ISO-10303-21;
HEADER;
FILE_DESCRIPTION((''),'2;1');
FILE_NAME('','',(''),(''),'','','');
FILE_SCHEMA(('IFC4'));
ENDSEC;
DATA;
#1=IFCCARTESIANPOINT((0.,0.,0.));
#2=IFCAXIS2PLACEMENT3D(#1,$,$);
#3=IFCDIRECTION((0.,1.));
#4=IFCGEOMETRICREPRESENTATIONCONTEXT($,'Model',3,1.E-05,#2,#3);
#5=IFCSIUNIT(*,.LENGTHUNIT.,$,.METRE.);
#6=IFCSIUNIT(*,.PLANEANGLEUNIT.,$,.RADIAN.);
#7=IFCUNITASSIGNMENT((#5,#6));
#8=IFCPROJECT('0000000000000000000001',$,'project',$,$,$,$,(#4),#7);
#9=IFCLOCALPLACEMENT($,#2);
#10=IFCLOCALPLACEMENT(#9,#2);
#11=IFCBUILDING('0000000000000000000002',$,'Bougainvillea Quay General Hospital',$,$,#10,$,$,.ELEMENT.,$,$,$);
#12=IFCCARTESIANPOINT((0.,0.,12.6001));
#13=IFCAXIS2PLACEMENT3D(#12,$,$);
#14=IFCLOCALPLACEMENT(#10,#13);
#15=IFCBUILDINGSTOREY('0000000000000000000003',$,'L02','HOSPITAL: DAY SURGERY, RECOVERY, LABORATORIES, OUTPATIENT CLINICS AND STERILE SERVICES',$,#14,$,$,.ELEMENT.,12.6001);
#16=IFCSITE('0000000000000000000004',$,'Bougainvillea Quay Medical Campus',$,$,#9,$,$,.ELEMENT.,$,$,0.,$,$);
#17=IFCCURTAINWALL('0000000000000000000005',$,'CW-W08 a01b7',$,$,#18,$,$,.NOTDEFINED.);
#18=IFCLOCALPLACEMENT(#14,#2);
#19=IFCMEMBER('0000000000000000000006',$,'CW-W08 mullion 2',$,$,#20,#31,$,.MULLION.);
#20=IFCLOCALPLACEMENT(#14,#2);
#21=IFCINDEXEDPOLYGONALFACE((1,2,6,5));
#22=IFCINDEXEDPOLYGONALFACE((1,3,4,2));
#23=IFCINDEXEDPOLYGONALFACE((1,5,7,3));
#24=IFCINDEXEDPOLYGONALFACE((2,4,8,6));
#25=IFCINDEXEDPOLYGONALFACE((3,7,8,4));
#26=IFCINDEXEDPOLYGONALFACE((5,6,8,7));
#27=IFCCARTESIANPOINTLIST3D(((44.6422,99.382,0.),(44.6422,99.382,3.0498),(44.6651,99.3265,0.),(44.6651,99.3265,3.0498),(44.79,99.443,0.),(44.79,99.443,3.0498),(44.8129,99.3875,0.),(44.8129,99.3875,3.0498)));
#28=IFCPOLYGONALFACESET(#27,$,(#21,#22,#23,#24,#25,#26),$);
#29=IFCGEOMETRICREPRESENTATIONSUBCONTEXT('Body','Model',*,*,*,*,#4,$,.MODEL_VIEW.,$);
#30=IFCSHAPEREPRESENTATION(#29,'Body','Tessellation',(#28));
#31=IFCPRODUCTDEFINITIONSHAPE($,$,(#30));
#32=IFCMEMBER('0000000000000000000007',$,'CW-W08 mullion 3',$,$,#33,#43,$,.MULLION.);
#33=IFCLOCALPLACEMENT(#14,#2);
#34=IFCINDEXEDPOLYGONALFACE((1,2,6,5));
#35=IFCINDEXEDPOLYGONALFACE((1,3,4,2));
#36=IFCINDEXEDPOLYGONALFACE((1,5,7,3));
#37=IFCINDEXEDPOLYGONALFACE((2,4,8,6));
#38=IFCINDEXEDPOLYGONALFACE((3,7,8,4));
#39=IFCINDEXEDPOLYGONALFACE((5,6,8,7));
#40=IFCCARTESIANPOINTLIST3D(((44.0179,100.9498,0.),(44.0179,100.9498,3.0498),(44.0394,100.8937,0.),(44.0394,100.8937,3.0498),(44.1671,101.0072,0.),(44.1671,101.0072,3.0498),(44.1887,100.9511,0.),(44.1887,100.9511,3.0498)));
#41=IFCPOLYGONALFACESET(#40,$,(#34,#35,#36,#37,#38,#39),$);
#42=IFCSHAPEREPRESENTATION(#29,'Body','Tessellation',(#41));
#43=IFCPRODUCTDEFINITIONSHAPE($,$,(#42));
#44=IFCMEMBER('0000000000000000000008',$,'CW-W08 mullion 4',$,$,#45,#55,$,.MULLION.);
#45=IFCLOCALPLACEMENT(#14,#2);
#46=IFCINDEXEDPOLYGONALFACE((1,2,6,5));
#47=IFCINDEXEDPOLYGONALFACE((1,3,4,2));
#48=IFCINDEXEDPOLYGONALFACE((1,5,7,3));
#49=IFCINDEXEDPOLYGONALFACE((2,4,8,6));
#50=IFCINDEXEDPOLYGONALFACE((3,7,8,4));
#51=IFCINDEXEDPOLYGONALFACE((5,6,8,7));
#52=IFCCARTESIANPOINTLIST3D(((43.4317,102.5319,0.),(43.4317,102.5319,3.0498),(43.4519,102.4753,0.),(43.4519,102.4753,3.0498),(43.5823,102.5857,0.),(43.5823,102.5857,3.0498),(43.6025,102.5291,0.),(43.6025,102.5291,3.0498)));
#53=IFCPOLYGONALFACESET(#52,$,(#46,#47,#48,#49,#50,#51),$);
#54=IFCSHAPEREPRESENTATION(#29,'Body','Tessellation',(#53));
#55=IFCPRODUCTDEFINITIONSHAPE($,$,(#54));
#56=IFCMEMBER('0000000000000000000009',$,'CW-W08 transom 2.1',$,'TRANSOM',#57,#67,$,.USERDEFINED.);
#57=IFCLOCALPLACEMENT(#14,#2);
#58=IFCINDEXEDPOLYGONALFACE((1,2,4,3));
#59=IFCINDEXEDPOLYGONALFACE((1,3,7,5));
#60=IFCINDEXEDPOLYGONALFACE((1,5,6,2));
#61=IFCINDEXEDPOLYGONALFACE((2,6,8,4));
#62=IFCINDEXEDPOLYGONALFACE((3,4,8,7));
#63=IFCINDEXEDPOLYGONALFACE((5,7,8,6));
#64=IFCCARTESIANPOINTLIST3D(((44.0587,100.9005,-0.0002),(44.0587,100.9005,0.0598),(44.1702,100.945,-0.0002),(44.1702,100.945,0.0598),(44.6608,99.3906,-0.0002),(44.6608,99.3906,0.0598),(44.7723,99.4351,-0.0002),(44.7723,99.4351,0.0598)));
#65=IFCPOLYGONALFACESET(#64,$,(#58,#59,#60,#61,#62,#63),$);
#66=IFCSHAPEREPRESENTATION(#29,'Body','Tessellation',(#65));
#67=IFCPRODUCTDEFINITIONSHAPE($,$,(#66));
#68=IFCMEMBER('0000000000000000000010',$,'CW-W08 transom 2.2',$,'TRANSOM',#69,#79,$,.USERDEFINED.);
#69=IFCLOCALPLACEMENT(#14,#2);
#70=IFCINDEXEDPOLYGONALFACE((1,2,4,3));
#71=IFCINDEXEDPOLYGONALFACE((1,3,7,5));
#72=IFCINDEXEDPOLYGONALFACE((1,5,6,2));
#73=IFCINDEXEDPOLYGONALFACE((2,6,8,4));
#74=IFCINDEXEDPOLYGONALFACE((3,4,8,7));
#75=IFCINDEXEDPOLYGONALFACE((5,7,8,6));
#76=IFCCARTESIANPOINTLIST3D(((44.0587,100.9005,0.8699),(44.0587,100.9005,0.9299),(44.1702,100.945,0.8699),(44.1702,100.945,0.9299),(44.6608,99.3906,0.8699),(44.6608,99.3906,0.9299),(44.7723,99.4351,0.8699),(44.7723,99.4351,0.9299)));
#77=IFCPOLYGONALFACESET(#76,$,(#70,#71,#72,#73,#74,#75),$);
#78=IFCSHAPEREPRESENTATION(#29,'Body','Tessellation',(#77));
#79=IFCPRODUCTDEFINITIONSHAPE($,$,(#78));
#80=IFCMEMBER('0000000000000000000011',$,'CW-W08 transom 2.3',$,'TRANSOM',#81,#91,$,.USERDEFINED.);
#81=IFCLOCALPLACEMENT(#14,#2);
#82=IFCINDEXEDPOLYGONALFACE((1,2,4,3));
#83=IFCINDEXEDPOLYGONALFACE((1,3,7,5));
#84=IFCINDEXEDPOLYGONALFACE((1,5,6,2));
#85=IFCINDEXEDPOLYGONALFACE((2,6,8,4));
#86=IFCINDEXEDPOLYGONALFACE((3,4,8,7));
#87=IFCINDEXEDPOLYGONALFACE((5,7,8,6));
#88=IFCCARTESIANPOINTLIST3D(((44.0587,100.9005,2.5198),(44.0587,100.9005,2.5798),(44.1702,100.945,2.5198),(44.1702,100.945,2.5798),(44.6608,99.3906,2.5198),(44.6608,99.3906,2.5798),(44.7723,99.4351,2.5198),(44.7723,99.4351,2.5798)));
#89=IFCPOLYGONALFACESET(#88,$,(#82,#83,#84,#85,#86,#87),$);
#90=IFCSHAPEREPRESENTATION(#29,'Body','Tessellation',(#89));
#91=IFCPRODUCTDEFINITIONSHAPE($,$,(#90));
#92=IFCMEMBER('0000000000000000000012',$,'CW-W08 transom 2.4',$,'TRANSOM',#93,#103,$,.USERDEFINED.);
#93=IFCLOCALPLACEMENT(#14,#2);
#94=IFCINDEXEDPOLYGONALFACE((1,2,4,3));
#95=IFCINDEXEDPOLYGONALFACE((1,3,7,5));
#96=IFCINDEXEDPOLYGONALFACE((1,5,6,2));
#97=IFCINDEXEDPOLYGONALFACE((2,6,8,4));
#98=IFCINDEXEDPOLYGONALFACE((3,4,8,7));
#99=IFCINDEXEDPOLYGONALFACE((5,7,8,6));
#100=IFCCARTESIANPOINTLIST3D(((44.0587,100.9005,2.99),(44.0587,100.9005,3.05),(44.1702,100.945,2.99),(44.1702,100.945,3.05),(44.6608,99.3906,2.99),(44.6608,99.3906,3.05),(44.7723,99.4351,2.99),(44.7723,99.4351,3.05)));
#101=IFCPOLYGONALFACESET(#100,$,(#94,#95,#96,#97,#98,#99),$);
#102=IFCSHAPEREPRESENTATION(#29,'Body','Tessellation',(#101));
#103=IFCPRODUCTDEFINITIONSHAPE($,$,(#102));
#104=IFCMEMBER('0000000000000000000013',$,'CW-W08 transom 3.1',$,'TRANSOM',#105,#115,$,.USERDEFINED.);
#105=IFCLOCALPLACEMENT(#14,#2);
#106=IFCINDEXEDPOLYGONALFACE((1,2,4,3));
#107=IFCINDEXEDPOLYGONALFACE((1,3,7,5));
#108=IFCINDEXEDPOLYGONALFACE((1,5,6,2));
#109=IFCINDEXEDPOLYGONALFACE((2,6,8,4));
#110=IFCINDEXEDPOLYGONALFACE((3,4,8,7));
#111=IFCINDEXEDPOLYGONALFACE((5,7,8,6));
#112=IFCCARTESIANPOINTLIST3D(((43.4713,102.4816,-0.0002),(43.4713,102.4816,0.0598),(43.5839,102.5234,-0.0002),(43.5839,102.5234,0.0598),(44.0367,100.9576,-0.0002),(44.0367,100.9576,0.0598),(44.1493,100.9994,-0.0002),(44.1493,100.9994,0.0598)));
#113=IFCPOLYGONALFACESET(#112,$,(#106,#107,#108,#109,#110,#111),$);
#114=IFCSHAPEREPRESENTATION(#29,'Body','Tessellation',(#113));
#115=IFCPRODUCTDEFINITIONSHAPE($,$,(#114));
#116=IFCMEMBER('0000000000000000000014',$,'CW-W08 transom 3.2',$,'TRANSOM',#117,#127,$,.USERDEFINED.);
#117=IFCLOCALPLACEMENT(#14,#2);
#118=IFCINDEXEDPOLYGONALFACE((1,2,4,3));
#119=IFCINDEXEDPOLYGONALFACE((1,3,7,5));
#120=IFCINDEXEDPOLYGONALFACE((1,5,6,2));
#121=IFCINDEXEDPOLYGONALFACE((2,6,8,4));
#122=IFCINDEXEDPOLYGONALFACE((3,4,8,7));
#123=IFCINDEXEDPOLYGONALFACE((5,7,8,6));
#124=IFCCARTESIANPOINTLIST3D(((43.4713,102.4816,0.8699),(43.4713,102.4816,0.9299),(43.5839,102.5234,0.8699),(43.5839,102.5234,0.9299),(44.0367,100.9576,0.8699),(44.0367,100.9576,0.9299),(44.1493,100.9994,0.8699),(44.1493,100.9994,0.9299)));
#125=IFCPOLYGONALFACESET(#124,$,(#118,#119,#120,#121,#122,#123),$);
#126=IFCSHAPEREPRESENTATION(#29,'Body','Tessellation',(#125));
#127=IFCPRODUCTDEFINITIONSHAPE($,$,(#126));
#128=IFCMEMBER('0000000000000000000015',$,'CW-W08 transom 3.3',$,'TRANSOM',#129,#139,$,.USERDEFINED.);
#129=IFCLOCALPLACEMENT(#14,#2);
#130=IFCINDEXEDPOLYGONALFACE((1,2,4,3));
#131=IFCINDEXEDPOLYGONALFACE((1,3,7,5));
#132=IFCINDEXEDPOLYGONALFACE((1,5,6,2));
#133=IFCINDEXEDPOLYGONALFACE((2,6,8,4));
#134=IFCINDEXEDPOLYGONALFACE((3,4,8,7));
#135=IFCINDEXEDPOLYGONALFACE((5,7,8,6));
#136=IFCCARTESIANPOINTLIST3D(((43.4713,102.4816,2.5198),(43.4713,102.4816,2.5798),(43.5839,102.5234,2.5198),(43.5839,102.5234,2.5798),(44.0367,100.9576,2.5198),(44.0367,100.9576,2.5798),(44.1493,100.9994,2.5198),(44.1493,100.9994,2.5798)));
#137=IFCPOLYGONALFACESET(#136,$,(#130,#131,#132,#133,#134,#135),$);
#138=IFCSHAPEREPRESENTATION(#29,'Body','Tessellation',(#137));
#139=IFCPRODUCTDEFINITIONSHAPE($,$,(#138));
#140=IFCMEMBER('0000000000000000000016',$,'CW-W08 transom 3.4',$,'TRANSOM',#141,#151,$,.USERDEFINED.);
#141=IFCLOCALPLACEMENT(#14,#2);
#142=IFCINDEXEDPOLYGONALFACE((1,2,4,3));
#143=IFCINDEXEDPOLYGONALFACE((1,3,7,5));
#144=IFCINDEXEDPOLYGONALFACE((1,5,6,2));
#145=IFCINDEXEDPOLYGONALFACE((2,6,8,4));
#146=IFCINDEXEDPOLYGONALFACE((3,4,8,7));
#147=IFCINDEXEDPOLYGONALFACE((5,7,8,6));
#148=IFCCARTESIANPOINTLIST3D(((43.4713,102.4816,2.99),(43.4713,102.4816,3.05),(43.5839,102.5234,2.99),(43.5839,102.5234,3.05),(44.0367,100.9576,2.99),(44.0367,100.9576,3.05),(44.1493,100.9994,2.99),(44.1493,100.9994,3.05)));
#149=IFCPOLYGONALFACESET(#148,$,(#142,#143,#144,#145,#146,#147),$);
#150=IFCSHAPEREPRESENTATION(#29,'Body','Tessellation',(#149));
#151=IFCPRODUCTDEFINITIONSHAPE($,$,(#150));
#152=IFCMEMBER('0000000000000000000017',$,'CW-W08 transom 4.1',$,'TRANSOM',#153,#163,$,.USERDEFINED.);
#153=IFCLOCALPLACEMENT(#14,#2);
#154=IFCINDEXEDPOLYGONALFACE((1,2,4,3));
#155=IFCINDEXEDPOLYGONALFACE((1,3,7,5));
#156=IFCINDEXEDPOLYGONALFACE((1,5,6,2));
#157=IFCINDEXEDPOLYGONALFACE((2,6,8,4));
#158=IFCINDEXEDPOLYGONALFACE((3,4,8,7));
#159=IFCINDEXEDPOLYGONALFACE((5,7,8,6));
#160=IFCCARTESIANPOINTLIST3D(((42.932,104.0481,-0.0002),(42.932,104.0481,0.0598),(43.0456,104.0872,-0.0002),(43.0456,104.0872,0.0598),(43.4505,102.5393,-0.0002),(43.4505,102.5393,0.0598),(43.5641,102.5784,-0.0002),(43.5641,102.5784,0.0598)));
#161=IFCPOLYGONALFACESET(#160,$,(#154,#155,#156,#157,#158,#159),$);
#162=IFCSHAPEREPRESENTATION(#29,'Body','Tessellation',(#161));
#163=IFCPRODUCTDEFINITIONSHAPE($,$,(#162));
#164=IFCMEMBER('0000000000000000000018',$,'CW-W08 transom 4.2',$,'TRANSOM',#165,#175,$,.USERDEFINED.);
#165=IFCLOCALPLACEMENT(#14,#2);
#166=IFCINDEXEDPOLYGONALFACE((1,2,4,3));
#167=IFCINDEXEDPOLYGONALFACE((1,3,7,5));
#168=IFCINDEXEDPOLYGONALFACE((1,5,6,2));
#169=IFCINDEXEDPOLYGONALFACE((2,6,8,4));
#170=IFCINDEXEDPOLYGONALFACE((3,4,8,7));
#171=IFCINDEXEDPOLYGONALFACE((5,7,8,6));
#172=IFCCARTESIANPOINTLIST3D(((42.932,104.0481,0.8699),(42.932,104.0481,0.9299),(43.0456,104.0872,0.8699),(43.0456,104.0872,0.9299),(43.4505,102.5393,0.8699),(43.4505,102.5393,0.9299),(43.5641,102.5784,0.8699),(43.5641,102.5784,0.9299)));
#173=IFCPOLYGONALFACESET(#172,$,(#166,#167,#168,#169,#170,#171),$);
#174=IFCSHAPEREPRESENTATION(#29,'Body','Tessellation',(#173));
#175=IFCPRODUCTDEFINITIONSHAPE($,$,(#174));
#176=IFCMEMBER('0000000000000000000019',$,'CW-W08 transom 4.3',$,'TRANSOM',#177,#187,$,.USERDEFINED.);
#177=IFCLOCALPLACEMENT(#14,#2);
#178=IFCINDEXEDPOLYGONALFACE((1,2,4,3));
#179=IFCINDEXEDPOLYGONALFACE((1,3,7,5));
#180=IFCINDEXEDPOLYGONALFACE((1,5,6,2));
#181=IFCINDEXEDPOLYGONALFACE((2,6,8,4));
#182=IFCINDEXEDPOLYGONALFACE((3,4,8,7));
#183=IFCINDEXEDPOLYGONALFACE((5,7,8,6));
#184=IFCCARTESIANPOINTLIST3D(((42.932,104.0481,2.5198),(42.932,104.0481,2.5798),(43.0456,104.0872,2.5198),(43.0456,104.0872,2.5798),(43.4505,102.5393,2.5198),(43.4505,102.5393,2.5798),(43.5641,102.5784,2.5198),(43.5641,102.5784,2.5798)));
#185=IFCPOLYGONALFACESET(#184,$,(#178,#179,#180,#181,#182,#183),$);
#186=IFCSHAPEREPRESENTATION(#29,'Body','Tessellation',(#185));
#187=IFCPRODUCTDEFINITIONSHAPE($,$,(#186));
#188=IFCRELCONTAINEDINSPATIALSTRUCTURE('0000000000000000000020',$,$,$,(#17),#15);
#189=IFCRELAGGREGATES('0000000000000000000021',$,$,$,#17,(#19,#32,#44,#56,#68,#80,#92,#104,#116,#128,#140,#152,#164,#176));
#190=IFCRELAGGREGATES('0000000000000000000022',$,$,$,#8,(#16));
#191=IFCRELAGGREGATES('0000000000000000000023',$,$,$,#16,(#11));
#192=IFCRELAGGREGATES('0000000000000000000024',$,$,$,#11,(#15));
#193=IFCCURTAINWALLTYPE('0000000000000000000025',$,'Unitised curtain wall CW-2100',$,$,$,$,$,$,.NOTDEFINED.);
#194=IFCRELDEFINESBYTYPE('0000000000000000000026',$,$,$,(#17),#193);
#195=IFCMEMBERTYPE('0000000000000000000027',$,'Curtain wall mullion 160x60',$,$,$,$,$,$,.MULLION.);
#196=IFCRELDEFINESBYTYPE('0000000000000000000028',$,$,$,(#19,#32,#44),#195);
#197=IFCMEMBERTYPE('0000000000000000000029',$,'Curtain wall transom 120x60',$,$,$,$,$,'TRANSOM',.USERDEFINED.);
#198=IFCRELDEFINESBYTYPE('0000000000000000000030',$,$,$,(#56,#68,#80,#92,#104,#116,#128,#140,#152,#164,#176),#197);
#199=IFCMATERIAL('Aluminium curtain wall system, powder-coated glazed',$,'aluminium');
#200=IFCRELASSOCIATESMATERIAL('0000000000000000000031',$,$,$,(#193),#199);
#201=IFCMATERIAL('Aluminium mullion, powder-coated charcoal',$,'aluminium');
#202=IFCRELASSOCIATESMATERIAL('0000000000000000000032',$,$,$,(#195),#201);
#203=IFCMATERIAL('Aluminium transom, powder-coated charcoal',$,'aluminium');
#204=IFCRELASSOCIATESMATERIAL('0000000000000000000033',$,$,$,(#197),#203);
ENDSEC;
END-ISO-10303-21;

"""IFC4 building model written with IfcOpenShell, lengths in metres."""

from ifc_helpers import new_model, si_unit, direction, frame, origin, origin_2d, place, context, subcontext, project, spatial, rectangle, extrude, material, material_profile, profile_set, type_object, element, aggregate, save


model = new_model("IFC4")

# Units and contexts
model_context = context("Model", 3, precision=1e-05, world=origin(), true_north=direction((0.0, 1.0)))
body_context = subcontext(model_context, "Body", "Model", "MODEL_VIEW")
ifc_project = project(units=[si_unit("LENGTHUNIT", "METRE"), si_unit("PLANEANGLEUNIT", "RADIAN")], contexts=[model_context])

# Site, building, storey
site_placement = place(None, origin())
site = spatial("IfcSite", under=ifc_project, at=site_placement, Name="Bougainvillea Quay Medical Campus", CompositionType="ELEMENT", RefElevation=0.0)
building_placement = place(site_placement, origin())
building = spatial("IfcBuilding", under=site, at=building_placement, Name="Bougainvillea Quay General Hospital", CompositionType="ELEMENT")
storey_placement = place(building_placement, frame((0.0, 0.0, 12.6001)))
storey = spatial("IfcBuildingStorey", under=building, at=storey_placement, Name="L02", Description="HOSPITAL: DAY SURGERY, RECOVERY, LABORATORIES, OUTPATIENT CLINICS AND STERILE SERVICES", CompositionType="ELEMENT", Elevation=12.6001)

# Curtain wall, members
ifc_material_1 = material(Name="Aluminium curtain wall system, powder-coated glazed", Category="aluminium")
curtain_wall_type = type_object("IfcCurtainWallType", Name="Unitised curtain wall CW-2100", PredefinedType="NOTDEFINED", material=ifc_material_1)
curtain_wall_placement = place(storey_placement, origin())
curtain_wall = element("IfcCurtainWall", 1, at=curtain_wall_placement, inside=storey, type_object=curtain_wall_type, Name="CW-W08 a01b7", PredefinedType="NOTDEFINED")
ifc_material_2 = material(Name="Aluminium mullion, powder-coated charcoal", Category="aluminium")
ifc_material_profile_1 = material_profile(ifc_material_2, rectangle(XDim=0.1599, YDim=0.0601, at=origin_2d()))
ifc_profile_set_1 = profile_set([ifc_material_profile_1], Name="Aluminium mullion, powder-coated charcoal")
member_type_1 = type_object("IfcMemberType", Name="Curtain wall mullion 160x60", PredefinedType="MULLION", material=ifc_profile_set_1)
member_1_placement = place(storey_placement, frame((44.7275, 99.3848, 0.0), z_axis=(0.0, 0.0, 1.0), x_axis=(-0.924336, -0.381579, 0.0)))
member_1 = element("IfcMember", 2, at=member_1_placement, type_object=member_type_1, Name="CW-W08 mullion 2", PredefinedType="MULLION", context=body_context, shape_type="SweptSolid", body=[
    extrude(rectangle(XDim=0.1599, YDim=0.0601, at=origin_2d()), origin(), (0.0, 0.0, 1.0), 3.0498),
])
member_2_placement = place(storey_placement, frame((44.1033, 100.9504, 0.0), z_axis=(0.0, 0.0, 1.0), x_axis=(-0.933286, -0.359135, 0.0)))
member_2 = element("IfcMember", 3, at=member_2_placement, type_object=member_type_1, Name="CW-W08 mullion 3", PredefinedType="MULLION", context=body_context, shape_type="SweptSolid", body=[
    extrude(rectangle(XDim=0.1599, YDim=0.0601, at=origin_2d()), origin(), (0.0, 0.0, 1.0), 3.0498),
])
member_3_placement = place(storey_placement, frame((43.5171, 102.5305, 0.0), z_axis=(0.0, 0.0, 1.0), x_axis=(-0.94169, -0.336481, 0.0)))
member_3 = element("IfcMember", 4, at=member_3_placement, type_object=member_type_1, Name="CW-W08 mullion 4", PredefinedType="MULLION", context=body_context, shape_type="SweptSolid", body=[
    extrude(rectangle(XDim=0.1599, YDim=0.0601, at=origin_2d()), origin(), (0.0, 0.0, 1.0), 3.0498),
])
ifc_material_3 = material(Name="Aluminium transom, powder-coated charcoal", Category="aluminium")
ifc_material_profile_2 = material_profile(ifc_material_3, rectangle(XDim=0.1201, YDim=0.0601, at=origin_2d()))
ifc_profile_set_2 = profile_set([ifc_material_profile_2], Name="Aluminium transom, powder-coated charcoal")
member_type_2 = type_object("IfcMemberType", Name="Curtain wall transom 120x60", ElementType="TRANSOM", PredefinedType="USERDEFINED", material=ifc_profile_set_2)
member_4_placement = place(storey_placement, frame((44.7166, 99.4128, 0.0298), z_axis=(-0.370406, 0.92887, 0.0), x_axis=(-0.92887, -0.370406, 0.0)))
member_4 = element("IfcMember", 5, at=member_4_placement, type_object=member_type_2, Name="CW-W08 transom 2.1", ObjectType="TRANSOM", PredefinedType="USERDEFINED", context=body_context, shape_type="SweptSolid", body=[
    extrude(rectangle(XDim=0.1201, YDim=0.0601, at=origin_2d()), origin(), (0.0, 0.0, 1.0), 1.6255),
])
member_5_placement = place(storey_placement, frame((44.7166, 99.4128, 0.8999), z_axis=(-0.370406, 0.92887, 0.0), x_axis=(-0.92887, -0.370406, 0.0)))
member_5 = element("IfcMember", 6, at=member_5_placement, type_object=member_type_2, Name="CW-W08 transom 2.2", ObjectType="TRANSOM", PredefinedType="USERDEFINED", context=body_context, shape_type="SweptSolid", body=[
    extrude(rectangle(XDim=0.1201, YDim=0.0601, at=origin_2d()), origin(), (0.0, 0.0, 1.0), 1.6255),
])
member_6_placement = place(storey_placement, frame((44.7166, 99.4128, 2.5498), z_axis=(-0.370406, 0.92887, 0.0), x_axis=(-0.92887, -0.370406, 0.0)))
member_6 = element("IfcMember", 7, at=member_6_placement, type_object=member_type_2, Name="CW-W08 transom 2.3", ObjectType="TRANSOM", PredefinedType="USERDEFINED", context=body_context, shape_type="SweptSolid", body=[
    extrude(rectangle(XDim=0.1201, YDim=0.0601, at=origin_2d()), origin(), (0.0, 0.0, 1.0), 1.6255),
])
member_7_placement = place(storey_placement, frame((44.7166, 99.4128, 3.02), z_axis=(-0.370406, 0.92887, 0.0), x_axis=(-0.92887, -0.370406, 0.0)))
member_7 = element("IfcMember", 8, at=member_7_placement, type_object=member_type_2, Name="CW-W08 transom 2.4", ObjectType="TRANSOM", PredefinedType="USERDEFINED", context=body_context, shape_type="SweptSolid", body=[
    extrude(rectangle(XDim=0.1201, YDim=0.0601, at=origin_2d()), origin(), (0.0, 0.0, 1.0), 1.6255),
])
member_8_placement = place(storey_placement, frame((44.093, 100.9785, 0.0298), z_axis=(-0.347862, 0.937546, 0.0), x_axis=(-0.937546, -0.347862, 0.0)))
member_8 = element("IfcMember", 9, at=member_8_placement, type_object=member_type_2, Name="CW-W08 transom 3.1", ObjectType="TRANSOM", PredefinedType="USERDEFINED", context=body_context, shape_type="SweptSolid", body=[
    extrude(rectangle(XDim=0.1201, YDim=0.0601, at=origin_2d()), origin(), (0.0, 0.0, 1.0), 1.6255),
])
member_9_placement = place(storey_placement, frame((44.093, 100.9785, 0.8999), z_axis=(-0.347862, 0.937546, 0.0), x_axis=(-0.937546, -0.347862, 0.0)))
member_9 = element("IfcMember", 10, at=member_9_placement, type_object=member_type_2, Name="CW-W08 transom 3.2", ObjectType="TRANSOM", PredefinedType="USERDEFINED", context=body_context, shape_type="SweptSolid", body=[
    extrude(rectangle(XDim=0.1201, YDim=0.0601, at=origin_2d()), origin(), (0.0, 0.0, 1.0), 1.6255),
])
member_10_placement = place(storey_placement, frame((44.093, 100.9785, 2.5498), z_axis=(-0.347862, 0.937546, 0.0), x_axis=(-0.937546, -0.347862, 0.0)))
member_10 = element("IfcMember", 11, at=member_10_placement, type_object=member_type_2, Name="CW-W08 transom 3.3", ObjectType="TRANSOM", PredefinedType="USERDEFINED", context=body_context, shape_type="SweptSolid", body=[
    extrude(rectangle(XDim=0.1201, YDim=0.0601, at=origin_2d()), origin(), (0.0, 0.0, 1.0), 1.6255),
])
member_11_placement = place(storey_placement, frame((44.093, 100.9785, 3.02), z_axis=(-0.347862, 0.937546, 0.0), x_axis=(-0.937546, -0.347862, 0.0)))
member_11 = element("IfcMember", 12, at=member_11_placement, type_object=member_type_2, Name="CW-W08 transom 3.4", ObjectType="TRANSOM", PredefinedType="USERDEFINED", context=body_context, shape_type="SweptSolid", body=[
    extrude(rectangle(XDim=0.1201, YDim=0.0601, at=origin_2d()), origin(), (0.0, 0.0, 1.0), 1.6255),
])
member_12_placement = place(storey_placement, frame((43.5073, 102.5588, 0.0298), z_axis=(-0.325028, 0.945704, 0.0), x_axis=(-0.945704, -0.325028, 0.0)))
member_12 = element("IfcMember", 13, at=member_12_placement, type_object=member_type_2, Name="CW-W08 transom 4.1", ObjectType="TRANSOM", PredefinedType="USERDEFINED", context=body_context, shape_type="SweptSolid", body=[
    extrude(rectangle(XDim=0.1201, YDim=0.0601, at=origin_2d()), origin(), (0.0, 0.0, 1.0), 1.5955),
])
member_13_placement = place(storey_placement, frame((43.5073, 102.5588, 0.8999), z_axis=(-0.325028, 0.945704, 0.0), x_axis=(-0.945704, -0.325028, 0.0)))
member_13 = element("IfcMember", 14, at=member_13_placement, type_object=member_type_2, Name="CW-W08 transom 4.2", ObjectType="TRANSOM", PredefinedType="USERDEFINED", context=body_context, shape_type="SweptSolid", body=[
    extrude(rectangle(XDim=0.1201, YDim=0.0601, at=origin_2d()), origin(), (0.0, 0.0, 1.0), 1.5955),
])
member_14_placement = place(storey_placement, frame((43.5073, 102.5588, 2.5498), z_axis=(-0.325028, 0.945704, 0.0), x_axis=(-0.945704, -0.325028, 0.0)))
member_14 = element("IfcMember", 15, at=member_14_placement, type_object=member_type_2, Name="CW-W08 transom 4.3", ObjectType="TRANSOM", PredefinedType="USERDEFINED", context=body_context, shape_type="SweptSolid", body=[
    extrude(rectangle(XDim=0.1201, YDim=0.0601, at=origin_2d()), origin(), (0.0, 0.0, 1.0), 1.5955),
])
aggregate(curtain_wall, [member_1, member_2, member_3, member_4, member_5, member_6, member_7, member_8, member_9, member_10, member_11, member_12, member_13, member_14])

save(model, "model.ifc")
